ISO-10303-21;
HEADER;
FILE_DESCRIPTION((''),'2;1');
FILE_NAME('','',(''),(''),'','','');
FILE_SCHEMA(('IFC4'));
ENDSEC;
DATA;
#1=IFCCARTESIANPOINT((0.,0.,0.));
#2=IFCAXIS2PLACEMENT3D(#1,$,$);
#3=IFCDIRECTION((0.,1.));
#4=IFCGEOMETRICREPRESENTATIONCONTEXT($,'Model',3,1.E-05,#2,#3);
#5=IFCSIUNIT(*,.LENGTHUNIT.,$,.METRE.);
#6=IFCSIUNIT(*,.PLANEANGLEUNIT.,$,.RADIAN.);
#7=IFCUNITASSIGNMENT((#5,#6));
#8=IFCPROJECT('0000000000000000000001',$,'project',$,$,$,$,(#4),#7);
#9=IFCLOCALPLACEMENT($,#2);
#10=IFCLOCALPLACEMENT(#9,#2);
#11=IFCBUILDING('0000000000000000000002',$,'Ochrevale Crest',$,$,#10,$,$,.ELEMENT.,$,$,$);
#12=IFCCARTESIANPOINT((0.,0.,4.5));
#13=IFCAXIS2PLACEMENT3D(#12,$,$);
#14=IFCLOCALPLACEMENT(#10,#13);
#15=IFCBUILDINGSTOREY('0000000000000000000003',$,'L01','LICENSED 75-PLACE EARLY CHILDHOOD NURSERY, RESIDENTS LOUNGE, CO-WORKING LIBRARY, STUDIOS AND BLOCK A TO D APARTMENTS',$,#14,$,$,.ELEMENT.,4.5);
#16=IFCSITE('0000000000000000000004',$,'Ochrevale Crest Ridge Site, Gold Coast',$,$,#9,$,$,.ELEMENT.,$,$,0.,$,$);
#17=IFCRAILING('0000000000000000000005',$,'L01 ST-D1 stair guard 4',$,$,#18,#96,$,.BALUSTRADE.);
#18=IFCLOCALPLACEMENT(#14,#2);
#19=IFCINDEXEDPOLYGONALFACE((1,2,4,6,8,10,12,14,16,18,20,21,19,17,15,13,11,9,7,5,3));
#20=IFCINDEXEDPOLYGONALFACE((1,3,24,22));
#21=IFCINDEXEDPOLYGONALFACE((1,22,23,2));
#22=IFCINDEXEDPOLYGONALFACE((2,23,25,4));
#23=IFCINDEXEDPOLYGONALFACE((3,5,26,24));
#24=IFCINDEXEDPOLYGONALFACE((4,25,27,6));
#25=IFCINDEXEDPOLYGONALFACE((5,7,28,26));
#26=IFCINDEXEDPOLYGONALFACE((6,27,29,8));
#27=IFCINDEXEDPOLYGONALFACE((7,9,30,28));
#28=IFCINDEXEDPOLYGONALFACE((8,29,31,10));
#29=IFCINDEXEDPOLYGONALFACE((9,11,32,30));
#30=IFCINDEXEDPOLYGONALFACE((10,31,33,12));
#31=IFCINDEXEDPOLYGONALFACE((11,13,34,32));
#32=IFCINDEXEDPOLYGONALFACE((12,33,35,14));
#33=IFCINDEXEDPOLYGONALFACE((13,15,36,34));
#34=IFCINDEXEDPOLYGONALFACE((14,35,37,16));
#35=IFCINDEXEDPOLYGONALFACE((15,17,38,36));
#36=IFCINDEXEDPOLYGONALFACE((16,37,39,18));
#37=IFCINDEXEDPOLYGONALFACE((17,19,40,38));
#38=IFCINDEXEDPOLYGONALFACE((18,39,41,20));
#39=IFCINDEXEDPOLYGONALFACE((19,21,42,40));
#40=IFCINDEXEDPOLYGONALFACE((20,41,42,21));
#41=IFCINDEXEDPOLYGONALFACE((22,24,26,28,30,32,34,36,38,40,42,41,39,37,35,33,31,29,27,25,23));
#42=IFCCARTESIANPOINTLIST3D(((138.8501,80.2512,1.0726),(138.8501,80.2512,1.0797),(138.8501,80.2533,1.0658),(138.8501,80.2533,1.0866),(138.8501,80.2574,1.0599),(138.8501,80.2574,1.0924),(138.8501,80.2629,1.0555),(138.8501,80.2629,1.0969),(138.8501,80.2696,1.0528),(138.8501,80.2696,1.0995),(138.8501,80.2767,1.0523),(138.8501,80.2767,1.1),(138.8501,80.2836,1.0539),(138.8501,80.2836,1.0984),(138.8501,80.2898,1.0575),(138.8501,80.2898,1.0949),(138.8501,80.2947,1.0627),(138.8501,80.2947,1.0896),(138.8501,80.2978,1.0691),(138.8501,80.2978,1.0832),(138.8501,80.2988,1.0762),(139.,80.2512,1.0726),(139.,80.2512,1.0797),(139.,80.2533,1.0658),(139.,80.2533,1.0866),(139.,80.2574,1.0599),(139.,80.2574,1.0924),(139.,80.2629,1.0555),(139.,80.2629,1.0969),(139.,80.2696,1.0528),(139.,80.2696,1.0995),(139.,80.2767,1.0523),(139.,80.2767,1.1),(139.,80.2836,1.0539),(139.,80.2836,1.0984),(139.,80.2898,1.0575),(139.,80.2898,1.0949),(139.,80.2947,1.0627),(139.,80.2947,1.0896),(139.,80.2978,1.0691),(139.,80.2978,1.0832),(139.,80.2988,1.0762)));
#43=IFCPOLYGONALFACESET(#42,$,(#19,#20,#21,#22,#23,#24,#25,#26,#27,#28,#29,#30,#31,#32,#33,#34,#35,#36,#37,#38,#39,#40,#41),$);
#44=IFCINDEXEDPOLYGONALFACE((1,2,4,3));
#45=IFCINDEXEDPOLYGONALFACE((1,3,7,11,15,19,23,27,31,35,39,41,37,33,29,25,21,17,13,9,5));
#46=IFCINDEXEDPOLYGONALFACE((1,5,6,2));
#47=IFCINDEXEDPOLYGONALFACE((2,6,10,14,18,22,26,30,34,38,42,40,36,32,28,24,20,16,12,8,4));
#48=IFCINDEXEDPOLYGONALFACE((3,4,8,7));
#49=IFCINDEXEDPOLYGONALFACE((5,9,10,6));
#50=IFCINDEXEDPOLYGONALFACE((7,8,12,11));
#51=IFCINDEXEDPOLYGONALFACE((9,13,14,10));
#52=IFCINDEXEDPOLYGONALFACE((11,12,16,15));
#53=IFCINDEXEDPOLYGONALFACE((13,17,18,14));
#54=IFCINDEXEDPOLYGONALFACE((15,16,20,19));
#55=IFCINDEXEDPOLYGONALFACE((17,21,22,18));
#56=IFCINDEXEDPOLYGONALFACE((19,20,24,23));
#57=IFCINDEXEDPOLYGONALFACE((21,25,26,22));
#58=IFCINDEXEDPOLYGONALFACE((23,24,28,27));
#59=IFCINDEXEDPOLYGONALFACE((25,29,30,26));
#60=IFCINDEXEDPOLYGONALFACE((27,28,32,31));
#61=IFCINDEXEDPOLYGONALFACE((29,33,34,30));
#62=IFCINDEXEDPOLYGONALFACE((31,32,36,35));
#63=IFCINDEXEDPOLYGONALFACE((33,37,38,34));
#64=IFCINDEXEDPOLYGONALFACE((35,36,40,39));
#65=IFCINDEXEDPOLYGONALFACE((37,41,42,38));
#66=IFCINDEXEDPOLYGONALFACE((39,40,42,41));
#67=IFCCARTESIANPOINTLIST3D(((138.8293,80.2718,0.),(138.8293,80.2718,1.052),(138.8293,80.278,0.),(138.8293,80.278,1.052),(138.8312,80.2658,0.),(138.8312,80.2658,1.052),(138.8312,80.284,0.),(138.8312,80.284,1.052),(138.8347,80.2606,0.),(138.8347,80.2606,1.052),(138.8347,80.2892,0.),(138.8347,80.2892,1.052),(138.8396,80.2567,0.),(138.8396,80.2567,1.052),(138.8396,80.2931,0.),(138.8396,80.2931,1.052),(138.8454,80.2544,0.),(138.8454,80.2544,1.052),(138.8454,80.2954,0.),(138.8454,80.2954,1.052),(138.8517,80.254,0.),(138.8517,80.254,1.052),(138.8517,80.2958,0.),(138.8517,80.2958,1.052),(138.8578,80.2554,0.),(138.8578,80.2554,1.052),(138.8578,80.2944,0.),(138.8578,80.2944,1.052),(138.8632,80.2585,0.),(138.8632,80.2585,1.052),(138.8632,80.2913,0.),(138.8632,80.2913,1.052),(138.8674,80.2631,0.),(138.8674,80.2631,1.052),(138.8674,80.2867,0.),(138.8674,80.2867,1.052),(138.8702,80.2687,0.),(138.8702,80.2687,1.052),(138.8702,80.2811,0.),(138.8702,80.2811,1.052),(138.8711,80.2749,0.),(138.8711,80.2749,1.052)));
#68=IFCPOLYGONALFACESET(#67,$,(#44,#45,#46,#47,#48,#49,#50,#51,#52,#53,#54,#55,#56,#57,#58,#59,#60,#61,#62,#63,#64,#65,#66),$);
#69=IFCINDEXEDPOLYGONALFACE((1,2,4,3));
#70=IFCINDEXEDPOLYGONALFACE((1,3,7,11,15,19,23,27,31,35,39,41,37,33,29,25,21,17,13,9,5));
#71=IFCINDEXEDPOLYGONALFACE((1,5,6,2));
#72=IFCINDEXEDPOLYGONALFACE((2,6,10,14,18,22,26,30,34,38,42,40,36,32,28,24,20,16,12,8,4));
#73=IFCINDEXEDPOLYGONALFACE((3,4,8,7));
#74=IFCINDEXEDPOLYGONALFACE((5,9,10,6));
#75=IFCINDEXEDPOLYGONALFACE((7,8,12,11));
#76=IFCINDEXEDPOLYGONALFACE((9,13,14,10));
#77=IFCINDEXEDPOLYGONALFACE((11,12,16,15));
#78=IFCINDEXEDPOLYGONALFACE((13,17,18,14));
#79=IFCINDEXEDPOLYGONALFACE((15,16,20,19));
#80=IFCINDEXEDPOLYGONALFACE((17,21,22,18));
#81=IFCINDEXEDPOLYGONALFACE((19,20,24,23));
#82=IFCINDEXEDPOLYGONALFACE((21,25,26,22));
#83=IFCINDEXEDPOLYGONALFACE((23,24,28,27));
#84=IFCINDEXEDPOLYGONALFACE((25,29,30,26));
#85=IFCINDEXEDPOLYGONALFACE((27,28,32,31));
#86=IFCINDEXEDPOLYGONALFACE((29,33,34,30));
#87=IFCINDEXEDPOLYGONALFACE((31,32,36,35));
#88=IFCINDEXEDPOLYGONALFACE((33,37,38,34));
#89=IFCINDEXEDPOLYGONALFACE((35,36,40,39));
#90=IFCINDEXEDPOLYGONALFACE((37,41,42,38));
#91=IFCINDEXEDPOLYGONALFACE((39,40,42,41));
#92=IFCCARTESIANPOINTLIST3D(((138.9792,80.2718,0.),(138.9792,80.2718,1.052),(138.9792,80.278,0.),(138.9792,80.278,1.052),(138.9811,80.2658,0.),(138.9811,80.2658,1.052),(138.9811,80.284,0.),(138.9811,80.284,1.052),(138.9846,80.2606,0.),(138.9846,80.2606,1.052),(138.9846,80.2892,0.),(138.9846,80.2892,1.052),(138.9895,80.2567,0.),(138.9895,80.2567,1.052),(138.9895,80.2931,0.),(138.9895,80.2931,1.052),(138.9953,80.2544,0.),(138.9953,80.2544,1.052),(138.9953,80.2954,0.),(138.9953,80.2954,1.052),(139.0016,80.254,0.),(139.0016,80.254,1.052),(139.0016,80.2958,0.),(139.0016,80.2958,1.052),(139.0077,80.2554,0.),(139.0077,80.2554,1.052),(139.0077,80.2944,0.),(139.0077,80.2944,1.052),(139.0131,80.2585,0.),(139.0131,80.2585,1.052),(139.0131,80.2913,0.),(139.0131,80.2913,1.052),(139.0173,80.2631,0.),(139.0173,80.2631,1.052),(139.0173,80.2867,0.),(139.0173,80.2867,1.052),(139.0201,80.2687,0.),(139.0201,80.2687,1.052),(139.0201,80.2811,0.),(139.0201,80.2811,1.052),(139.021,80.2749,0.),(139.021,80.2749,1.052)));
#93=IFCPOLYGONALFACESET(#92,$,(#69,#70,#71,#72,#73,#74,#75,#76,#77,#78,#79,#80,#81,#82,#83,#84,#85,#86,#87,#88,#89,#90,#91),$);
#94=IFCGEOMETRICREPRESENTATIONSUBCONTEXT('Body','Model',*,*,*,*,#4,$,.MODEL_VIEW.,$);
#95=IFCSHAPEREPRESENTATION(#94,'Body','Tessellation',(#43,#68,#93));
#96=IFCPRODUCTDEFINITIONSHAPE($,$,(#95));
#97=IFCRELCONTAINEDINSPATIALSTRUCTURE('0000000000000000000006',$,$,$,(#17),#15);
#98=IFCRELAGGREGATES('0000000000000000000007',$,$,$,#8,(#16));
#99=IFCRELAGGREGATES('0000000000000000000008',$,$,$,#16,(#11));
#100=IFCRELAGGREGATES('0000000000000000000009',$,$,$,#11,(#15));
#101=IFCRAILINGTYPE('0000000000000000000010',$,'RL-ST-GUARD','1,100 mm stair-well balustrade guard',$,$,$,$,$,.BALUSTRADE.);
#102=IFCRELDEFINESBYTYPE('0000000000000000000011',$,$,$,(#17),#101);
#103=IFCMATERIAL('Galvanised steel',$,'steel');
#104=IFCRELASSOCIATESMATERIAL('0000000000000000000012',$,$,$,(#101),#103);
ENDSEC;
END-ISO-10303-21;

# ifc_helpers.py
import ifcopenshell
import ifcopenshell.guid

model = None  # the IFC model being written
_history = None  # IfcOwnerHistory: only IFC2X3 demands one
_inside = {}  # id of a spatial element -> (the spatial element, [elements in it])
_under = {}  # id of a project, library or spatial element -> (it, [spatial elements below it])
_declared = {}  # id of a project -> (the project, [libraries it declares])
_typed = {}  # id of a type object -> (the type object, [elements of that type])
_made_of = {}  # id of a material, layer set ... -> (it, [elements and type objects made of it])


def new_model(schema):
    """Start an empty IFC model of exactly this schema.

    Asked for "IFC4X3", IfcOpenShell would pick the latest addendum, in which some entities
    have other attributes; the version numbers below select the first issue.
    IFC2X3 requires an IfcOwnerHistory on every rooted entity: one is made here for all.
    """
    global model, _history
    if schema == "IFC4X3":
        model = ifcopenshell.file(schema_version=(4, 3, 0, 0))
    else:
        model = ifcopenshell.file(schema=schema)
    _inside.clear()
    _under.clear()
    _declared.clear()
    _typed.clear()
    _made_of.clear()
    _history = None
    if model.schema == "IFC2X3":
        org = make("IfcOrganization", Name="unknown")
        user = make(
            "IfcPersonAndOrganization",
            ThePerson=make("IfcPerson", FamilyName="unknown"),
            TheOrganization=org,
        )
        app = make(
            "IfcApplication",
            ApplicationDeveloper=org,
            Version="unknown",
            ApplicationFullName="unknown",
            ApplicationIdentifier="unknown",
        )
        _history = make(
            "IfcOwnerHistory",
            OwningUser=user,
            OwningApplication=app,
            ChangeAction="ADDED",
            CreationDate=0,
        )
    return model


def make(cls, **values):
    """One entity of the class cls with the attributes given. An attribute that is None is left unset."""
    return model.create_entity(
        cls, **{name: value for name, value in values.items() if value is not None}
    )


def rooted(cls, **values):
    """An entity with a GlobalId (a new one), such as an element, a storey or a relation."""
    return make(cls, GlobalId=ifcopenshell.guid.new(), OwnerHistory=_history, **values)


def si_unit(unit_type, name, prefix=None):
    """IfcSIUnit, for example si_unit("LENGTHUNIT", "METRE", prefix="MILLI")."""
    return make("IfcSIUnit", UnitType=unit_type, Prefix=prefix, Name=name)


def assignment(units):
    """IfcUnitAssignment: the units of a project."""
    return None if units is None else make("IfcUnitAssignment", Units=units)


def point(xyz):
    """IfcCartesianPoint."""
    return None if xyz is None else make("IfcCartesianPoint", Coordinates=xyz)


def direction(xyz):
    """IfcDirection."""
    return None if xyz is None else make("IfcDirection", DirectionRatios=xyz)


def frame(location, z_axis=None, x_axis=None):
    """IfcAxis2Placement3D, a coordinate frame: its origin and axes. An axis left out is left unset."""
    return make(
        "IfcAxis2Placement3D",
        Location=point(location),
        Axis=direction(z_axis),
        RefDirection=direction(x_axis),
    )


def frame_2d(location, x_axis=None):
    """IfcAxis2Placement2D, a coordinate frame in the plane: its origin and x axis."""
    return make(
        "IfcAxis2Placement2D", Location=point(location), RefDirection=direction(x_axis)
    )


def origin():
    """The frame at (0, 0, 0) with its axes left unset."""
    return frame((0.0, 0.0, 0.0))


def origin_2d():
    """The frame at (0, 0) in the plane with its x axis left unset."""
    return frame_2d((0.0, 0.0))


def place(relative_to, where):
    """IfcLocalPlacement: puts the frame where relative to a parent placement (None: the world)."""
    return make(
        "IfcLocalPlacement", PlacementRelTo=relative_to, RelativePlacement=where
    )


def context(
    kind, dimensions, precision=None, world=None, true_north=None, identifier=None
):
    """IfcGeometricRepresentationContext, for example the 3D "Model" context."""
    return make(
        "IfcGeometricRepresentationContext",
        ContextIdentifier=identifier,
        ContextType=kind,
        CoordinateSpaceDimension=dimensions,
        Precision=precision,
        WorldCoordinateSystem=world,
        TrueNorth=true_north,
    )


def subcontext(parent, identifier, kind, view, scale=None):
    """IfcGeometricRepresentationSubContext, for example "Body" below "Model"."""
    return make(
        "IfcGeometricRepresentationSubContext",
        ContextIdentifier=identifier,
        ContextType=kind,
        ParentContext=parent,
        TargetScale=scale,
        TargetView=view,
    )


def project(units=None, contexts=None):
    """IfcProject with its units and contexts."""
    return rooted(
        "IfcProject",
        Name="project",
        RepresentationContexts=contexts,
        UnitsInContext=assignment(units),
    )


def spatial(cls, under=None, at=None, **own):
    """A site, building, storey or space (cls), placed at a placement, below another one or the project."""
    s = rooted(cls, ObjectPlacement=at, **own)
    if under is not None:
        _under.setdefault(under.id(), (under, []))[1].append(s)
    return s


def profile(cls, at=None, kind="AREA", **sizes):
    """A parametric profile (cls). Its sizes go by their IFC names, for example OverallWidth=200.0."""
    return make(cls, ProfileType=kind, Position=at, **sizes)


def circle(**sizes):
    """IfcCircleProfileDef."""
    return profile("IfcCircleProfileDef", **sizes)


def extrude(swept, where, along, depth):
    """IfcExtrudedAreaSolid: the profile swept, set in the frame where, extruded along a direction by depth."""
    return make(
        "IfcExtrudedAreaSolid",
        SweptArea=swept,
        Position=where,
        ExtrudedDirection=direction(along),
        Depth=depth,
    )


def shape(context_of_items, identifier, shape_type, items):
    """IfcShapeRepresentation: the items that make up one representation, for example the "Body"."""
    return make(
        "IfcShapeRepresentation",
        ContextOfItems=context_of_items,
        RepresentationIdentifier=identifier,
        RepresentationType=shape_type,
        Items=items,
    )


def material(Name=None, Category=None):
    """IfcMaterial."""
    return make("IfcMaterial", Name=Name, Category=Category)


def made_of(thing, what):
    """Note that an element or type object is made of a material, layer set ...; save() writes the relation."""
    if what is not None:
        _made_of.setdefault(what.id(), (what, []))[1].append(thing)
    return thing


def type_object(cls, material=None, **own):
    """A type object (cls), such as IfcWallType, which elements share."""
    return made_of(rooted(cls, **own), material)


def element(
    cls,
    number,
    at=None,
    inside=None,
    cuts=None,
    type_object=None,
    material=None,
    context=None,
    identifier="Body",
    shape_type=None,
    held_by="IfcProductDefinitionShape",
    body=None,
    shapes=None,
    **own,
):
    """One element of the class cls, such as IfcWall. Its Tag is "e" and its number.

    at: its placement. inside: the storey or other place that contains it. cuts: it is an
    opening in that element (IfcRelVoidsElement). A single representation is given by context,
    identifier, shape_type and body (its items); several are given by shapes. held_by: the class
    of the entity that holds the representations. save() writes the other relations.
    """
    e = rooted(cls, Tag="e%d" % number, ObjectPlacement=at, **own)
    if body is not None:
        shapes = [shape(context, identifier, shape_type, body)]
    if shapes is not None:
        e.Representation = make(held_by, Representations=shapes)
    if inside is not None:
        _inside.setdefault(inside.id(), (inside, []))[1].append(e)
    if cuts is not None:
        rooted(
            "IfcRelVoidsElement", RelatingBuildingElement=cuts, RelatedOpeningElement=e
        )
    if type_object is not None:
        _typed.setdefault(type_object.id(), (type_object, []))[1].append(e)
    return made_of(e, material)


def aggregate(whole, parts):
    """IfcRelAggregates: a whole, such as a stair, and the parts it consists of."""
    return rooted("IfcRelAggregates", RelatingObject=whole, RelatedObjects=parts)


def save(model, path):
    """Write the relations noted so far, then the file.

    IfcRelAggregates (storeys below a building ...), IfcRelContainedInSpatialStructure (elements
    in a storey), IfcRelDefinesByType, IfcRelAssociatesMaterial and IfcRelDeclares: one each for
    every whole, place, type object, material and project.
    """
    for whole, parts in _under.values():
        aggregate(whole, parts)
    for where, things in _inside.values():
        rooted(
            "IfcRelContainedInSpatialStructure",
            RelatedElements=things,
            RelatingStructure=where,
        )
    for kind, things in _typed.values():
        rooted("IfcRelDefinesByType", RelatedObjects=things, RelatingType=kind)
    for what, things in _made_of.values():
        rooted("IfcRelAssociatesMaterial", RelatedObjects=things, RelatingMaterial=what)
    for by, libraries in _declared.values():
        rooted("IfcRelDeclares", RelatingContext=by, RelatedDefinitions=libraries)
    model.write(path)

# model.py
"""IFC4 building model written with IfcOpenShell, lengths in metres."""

from ifc_helpers import new_model, si_unit, direction, frame, origin, origin_2d, place, context, subcontext, project, spatial, circle, extrude, material, type_object, element, save


model = new_model("IFC4")

# Units and contexts
model_context = context("Model", 3, precision=1e-05, world=origin(), true_north=direction((0.0, 1.0)))
body_context = subcontext(model_context, "Body", "Model", "MODEL_VIEW")
ifc_project = project(units=[si_unit("LENGTHUNIT", "METRE"), si_unit("PLANEANGLEUNIT", "RADIAN")], contexts=[model_context])

# Site, building, storey
site_placement = place(None, origin())
site = spatial("IfcSite", under=ifc_project, at=site_placement, Name="Ochrevale Crest Ridge Site, Gold Coast", CompositionType="ELEMENT", RefElevation=0.0)
building_placement = place(site_placement, origin())
building = spatial("IfcBuilding", under=site, at=building_placement, Name="Ochrevale Crest", CompositionType="ELEMENT")
storey_placement = place(building_placement, frame((0.0, 0.0, 4.5)))
storey = spatial("IfcBuildingStorey", under=building, at=storey_placement, Name="L01", Description="LICENSED 75-PLACE EARLY CHILDHOOD NURSERY, RESIDENTS LOUNGE, CO-WORKING LIBRARY, STUDIOS AND BLOCK A TO D APARTMENTS", CompositionType="ELEMENT", Elevation=4.5)

# Railing
ifc_material_1 = material(Name="Galvanised steel", Category="steel")
railing_type_1 = type_object("IfcRailingType", Name="RL-ST-GUARD", Description="1,100 mm stair-well balustrade guard", PredefinedType="BALUSTRADE", material=ifc_material_1)
railing_1_placement = place(storey_placement, frame((138.8501, 80.2749, 0.0)))
element("IfcRailing", 1, at=railing_1_placement, inside=storey, type_object=railing_type_1, Name="L01 ST-D1 stair guard 4", PredefinedType="BALUSTRADE", context=body_context, shape_type="SweptSolid", body=[
    extrude(circle(Radius=0.0239, at=origin_2d()), frame((0.0, 0.0, 1.0762), z_axis=(1.0, 0.0, 0.0), x_axis=(0.0, 1.0, 0.0)), (0.0, 0.0, 1.0), 0.1499),
    extrude(circle(Radius=0.021, at=origin_2d()), origin(), (0.0, 0.0, 1.0), 1.052),
    extrude(circle(Radius=0.021, at=origin_2d()), frame((0.1499, 0.0, 0.0)), (0.0, 0.0, 1.0), 1.052),
])

save(model, "model.ifc")
